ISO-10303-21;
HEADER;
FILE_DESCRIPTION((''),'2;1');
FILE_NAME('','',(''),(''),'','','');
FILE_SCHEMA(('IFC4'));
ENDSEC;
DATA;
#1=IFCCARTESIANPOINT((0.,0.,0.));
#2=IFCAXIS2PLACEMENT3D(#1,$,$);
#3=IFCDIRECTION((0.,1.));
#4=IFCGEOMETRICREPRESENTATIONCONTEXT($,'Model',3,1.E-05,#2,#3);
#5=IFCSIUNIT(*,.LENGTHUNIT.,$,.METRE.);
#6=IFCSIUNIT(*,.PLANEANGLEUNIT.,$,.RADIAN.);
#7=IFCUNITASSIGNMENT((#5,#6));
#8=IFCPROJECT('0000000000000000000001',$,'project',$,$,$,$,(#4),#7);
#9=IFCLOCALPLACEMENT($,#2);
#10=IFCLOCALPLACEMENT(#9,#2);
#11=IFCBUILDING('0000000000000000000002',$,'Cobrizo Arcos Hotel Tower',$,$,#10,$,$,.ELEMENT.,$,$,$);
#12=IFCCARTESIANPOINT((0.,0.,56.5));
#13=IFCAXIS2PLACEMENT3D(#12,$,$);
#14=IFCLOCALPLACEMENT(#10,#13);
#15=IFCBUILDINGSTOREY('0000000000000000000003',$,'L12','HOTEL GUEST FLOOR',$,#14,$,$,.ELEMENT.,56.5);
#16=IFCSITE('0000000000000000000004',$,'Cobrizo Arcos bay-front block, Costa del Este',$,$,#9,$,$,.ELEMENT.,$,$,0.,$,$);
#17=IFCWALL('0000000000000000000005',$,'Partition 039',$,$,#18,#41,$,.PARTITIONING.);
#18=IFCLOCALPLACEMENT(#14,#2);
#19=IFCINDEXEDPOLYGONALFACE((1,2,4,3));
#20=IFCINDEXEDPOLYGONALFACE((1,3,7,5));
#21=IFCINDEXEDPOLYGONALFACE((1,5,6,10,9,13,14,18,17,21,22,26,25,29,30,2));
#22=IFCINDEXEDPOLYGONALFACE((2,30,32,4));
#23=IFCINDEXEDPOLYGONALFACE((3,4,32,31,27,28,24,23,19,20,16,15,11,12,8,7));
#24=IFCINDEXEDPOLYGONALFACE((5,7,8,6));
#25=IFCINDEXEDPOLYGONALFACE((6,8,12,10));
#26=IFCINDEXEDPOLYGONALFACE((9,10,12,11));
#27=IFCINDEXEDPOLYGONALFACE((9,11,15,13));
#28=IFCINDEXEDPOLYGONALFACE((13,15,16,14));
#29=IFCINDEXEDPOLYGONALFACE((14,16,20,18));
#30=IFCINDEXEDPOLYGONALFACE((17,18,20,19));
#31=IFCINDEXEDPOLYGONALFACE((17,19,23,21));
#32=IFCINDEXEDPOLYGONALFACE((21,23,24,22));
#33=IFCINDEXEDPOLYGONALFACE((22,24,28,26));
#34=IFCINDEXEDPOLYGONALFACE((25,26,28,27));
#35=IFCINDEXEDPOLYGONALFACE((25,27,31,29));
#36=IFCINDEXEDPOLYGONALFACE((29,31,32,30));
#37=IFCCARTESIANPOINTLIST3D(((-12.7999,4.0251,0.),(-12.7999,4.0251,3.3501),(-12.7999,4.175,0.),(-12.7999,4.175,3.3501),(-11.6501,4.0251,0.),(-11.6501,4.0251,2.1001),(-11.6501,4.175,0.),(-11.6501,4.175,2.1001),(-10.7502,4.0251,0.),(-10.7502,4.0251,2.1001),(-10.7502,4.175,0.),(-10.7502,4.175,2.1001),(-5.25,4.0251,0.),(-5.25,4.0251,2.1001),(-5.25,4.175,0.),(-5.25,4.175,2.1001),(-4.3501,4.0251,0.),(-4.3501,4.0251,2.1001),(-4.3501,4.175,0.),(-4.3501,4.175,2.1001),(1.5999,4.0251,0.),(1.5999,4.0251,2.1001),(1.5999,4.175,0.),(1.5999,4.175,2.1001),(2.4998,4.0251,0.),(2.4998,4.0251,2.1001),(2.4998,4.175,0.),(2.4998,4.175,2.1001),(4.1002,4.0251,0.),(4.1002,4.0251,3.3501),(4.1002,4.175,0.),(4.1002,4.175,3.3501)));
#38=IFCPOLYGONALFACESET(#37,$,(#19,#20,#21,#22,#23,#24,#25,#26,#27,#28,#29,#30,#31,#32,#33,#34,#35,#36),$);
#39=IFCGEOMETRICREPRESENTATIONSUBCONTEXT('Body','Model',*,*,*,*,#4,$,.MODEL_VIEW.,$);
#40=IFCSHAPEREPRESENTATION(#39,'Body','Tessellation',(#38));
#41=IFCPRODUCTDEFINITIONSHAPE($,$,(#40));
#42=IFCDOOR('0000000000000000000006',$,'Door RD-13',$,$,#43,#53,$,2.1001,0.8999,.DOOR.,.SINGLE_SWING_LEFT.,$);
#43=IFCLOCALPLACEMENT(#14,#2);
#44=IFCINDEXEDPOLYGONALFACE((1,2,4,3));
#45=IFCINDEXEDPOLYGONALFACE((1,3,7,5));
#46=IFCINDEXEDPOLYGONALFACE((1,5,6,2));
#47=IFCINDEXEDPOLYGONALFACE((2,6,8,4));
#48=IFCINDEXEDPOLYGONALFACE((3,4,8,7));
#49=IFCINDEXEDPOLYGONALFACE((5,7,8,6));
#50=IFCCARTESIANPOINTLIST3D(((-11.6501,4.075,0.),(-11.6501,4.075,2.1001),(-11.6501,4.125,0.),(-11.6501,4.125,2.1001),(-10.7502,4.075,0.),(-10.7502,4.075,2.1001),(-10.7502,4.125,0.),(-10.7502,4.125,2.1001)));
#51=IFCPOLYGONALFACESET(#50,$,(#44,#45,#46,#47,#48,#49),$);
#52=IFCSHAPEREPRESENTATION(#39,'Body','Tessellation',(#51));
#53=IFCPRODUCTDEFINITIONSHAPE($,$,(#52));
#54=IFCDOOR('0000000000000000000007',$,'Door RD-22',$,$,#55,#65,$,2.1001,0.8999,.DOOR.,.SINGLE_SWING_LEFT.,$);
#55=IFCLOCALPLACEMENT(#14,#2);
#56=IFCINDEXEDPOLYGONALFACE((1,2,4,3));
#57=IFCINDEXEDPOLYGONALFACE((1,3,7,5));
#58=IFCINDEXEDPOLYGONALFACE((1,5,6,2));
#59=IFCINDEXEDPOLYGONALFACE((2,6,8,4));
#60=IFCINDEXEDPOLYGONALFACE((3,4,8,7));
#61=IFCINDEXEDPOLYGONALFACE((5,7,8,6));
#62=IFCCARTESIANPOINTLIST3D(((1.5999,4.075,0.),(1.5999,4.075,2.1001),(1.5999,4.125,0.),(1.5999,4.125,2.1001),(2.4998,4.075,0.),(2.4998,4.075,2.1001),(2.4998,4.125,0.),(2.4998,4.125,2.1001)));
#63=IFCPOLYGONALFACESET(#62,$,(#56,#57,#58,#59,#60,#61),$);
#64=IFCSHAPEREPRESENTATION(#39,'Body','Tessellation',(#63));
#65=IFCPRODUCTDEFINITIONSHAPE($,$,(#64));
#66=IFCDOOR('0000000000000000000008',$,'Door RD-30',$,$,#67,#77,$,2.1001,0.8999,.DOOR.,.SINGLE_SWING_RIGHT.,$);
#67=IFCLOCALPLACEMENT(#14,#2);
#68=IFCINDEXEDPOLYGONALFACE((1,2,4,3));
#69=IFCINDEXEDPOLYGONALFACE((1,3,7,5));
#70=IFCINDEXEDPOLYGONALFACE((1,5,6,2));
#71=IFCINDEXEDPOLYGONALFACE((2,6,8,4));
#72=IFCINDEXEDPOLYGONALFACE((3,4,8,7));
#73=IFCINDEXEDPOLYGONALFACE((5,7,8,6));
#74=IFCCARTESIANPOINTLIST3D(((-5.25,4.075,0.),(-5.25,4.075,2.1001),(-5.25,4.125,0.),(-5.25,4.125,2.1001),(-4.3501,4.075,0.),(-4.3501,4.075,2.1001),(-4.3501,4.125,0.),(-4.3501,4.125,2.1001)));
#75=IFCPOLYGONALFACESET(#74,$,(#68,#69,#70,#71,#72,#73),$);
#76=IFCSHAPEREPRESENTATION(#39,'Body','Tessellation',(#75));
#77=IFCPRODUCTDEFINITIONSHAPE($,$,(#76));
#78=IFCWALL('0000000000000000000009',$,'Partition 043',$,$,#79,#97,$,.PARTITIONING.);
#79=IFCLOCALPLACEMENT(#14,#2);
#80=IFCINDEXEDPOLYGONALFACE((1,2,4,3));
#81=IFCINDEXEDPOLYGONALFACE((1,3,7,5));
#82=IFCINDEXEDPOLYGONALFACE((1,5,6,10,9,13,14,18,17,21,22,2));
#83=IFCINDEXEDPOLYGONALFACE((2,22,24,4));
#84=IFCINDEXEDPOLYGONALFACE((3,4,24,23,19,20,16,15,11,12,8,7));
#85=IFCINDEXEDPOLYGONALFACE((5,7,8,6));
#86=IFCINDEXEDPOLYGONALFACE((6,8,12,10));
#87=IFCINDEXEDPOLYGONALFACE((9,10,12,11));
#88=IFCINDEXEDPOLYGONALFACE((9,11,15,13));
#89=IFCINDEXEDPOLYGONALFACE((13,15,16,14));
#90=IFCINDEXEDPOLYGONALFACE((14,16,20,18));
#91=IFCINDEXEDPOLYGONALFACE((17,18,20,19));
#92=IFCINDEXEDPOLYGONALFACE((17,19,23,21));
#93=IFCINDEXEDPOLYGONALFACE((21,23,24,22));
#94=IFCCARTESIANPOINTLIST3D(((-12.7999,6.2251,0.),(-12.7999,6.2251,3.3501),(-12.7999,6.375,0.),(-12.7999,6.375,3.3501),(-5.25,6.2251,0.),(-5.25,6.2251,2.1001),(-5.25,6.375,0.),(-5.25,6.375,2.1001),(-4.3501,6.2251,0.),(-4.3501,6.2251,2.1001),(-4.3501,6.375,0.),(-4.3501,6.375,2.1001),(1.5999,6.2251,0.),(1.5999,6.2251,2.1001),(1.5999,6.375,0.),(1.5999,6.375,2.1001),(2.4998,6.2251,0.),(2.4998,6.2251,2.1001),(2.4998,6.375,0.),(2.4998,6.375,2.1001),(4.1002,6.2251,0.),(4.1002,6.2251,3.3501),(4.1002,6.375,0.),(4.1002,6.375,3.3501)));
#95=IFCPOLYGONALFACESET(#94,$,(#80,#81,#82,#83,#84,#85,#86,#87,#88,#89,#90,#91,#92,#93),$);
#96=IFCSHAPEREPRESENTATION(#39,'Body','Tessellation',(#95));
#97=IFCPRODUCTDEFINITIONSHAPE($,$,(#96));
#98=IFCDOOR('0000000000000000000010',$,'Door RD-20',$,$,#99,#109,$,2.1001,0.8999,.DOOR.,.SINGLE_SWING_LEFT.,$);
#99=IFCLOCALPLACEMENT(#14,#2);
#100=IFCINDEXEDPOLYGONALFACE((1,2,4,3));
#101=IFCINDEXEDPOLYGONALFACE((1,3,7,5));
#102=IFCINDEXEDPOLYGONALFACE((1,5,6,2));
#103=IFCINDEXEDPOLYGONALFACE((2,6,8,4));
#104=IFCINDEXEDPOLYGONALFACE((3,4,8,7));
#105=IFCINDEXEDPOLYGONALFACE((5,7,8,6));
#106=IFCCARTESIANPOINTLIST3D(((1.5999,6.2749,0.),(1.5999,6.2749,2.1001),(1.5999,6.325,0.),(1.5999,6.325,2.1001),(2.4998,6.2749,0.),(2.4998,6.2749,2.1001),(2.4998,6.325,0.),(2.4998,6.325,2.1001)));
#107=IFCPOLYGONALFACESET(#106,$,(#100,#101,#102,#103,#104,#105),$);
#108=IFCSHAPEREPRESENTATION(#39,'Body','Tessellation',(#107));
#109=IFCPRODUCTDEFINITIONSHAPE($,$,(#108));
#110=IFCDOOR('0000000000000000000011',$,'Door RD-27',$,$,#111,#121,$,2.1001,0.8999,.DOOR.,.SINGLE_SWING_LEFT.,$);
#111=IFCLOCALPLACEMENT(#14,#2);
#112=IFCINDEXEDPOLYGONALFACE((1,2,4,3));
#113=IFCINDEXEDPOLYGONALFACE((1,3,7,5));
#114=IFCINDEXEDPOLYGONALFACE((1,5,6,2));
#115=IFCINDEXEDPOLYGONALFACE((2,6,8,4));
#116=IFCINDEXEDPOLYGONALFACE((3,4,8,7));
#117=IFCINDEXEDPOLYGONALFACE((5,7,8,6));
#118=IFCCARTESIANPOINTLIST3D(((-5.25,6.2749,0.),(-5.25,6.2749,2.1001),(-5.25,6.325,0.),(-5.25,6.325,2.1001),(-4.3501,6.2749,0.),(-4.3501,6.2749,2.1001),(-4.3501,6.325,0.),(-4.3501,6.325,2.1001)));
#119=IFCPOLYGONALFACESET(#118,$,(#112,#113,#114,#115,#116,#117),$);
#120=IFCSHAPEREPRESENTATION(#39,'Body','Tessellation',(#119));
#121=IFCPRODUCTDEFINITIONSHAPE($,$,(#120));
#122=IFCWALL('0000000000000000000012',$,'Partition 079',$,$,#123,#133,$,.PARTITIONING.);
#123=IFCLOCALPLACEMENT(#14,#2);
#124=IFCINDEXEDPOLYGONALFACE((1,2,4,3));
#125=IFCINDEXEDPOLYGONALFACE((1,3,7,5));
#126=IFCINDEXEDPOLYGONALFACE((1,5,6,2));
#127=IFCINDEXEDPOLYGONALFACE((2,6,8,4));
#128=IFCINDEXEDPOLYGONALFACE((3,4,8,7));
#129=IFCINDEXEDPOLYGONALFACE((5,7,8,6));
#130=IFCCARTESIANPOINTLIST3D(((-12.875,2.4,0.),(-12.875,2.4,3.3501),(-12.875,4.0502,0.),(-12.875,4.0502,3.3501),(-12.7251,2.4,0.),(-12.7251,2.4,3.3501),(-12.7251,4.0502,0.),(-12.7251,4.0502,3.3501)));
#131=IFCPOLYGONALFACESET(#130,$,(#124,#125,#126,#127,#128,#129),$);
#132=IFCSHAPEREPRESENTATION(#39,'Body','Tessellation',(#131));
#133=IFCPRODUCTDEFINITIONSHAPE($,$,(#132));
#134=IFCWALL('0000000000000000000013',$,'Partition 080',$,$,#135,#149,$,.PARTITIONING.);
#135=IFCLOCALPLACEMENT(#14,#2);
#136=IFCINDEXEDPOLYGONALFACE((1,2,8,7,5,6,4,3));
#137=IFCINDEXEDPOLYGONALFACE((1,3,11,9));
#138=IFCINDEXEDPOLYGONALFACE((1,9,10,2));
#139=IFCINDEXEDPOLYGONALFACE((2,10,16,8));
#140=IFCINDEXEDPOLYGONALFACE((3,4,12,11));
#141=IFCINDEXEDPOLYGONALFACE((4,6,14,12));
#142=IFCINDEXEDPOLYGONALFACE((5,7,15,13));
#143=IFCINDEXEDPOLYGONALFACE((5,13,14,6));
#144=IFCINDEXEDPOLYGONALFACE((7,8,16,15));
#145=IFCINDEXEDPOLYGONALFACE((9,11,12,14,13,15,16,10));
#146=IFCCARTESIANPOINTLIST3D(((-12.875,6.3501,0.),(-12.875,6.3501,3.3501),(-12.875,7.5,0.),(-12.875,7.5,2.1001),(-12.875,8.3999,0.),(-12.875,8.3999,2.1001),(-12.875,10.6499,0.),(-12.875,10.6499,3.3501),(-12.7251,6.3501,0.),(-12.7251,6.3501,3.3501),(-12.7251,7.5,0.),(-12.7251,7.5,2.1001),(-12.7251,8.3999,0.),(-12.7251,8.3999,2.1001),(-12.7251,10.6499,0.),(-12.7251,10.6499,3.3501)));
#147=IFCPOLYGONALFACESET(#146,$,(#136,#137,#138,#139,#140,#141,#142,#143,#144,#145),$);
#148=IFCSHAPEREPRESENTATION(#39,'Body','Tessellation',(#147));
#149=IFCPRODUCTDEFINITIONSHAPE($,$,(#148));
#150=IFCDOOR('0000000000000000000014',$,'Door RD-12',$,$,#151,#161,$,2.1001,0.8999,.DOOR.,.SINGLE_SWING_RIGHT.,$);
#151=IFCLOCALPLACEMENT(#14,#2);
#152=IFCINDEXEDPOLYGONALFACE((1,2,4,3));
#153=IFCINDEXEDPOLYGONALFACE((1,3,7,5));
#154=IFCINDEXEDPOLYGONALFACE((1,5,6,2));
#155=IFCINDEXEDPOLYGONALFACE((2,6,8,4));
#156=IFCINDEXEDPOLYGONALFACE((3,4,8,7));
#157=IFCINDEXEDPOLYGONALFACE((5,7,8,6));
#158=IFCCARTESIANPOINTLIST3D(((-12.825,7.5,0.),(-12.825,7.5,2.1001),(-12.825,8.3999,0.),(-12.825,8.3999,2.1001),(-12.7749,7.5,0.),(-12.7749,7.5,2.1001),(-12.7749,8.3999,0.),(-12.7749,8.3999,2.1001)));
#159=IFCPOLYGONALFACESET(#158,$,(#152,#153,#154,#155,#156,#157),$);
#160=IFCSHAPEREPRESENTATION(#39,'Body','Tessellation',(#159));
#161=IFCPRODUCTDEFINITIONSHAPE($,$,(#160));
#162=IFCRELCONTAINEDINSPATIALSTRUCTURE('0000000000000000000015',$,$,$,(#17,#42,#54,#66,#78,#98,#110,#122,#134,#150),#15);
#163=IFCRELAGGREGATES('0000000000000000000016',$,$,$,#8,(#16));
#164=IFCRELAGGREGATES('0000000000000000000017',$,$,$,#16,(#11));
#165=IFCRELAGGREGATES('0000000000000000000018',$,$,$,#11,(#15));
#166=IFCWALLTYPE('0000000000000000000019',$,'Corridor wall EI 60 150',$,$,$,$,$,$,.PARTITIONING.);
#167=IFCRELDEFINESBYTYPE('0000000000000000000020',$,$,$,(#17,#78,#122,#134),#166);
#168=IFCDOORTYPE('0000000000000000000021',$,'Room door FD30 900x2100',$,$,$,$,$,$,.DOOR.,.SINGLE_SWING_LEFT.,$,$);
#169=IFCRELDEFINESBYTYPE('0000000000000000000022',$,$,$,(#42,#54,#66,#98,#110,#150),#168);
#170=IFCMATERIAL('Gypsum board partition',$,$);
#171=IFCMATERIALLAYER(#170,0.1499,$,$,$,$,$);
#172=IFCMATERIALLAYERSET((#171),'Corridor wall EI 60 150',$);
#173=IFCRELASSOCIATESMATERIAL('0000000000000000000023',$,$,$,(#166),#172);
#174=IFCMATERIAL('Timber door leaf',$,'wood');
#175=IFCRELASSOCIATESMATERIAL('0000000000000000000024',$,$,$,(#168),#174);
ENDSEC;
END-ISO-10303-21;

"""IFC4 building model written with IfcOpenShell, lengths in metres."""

from ifc_helpers import new_model, si_unit, direction, frame, frame_2d, origin, place, context, subcontext, project, spatial, rectangle, extrude, material, layer, layer_set, type_object, element, fill, save


model = new_model("IFC4")

# Units and contexts
model_context = context("Model", 3, precision=1e-05, world=origin(), true_north=direction((0.0, 1.0)))
body_context = subcontext(model_context, "Body", "Model", "MODEL_VIEW")
ifc_project = project(units=[si_unit("LENGTHUNIT", "METRE"), si_unit("PLANEANGLEUNIT", "RADIAN")], contexts=[model_context])

# Site, building, storey
site_placement = place(None, origin())
site = spatial("IfcSite", under=ifc_project, at=site_placement, Name="Cobrizo Arcos bay-front block, Costa del Este", CompositionType="ELEMENT", RefElevation=0.0)
building_placement = place(site_placement, origin())
building = spatial("IfcBuilding", under=site, at=building_placement, Name="Cobrizo Arcos Hotel Tower", CompositionType="ELEMENT")
storey_placement = place(building_placement, frame((0.0, 0.0, 56.5)))
storey = spatial("IfcBuildingStorey", under=building, at=storey_placement, Name="L12", Description="HOTEL GUEST FLOOR", CompositionType="ELEMENT", Elevation=56.5)

# Walls, openings, doors
ifc_material_1 = material(Name="Gypsum board partition")
ifc_layer_1 = layer(ifc_material_1, 0.1499)
ifc_layer_set_1 = layer_set([ifc_layer_1], Name="Corridor wall EI 60 150")
wall_type_1 = type_object("IfcWallType", Name="Corridor wall EI 60 150", PredefinedType="PARTITIONING", material=ifc_layer_set_1)
wall_1_placement = place(storey_placement, frame((-12.8, 4.1001, 0.0), z_axis=(0.0, 0.0, 1.0), x_axis=(1.0, 0.0, 0.0)))
wall_1 = element("IfcWall", 1, at=wall_1_placement, inside=storey, type_object=wall_type_1, Name="Partition 039", PredefinedType="PARTITIONING", context=body_context, shape_type="SweptSolid", body=[
    extrude(rectangle(XDim=16.9001, YDim=0.1499, at=frame_2d((8.4502, 0.0))), origin(), (0.0, 0.0, 1.0), 3.3501),
])
opening_1_placement = place(wall_1_placement, frame((1.1499, 0.0, 0.0)))
opening_1 = element("IfcOpeningElement", 2, at=opening_1_placement, cuts=wall_1, PredefinedType="OPENING", context=body_context, shape_type="SweptSolid", body=[
    extrude(rectangle(XDim=0.8999, YDim=2.1001, at=frame_2d((0.45, 1.05))), frame((0.0, 0.0869, 0.0), z_axis=(0.0, -1.0, 0.0), x_axis=(1.0, 0.0, 0.0)), (0.0, 0.0, 1.0), 0.1738),
])
opening_2_placement = place(wall_1_placement, frame((14.3999, 0.0, 0.0)))
opening_2 = element("IfcOpeningElement", 3, at=opening_2_placement, cuts=wall_1, PredefinedType="OPENING", context=body_context, shape_type="SweptSolid", body=[
    extrude(rectangle(XDim=0.8999, YDim=2.1001, at=frame_2d((0.45, 1.05))), frame((0.0, 0.0869, 0.0), z_axis=(0.0, -1.0, 0.0), x_axis=(1.0, 0.0, 0.0)), (0.0, 0.0, 1.0), 0.1738),
])
opening_3_placement = place(wall_1_placement, frame((7.55, 0.0, 0.0)))
opening_3 = element("IfcOpeningElement", 4, at=opening_3_placement, cuts=wall_1, PredefinedType="OPENING", context=body_context, shape_type="SweptSolid", body=[
    extrude(rectangle(XDim=0.8999, YDim=2.1001, at=frame_2d((0.45, 1.05))), frame((0.0, 0.0869, 0.0), z_axis=(0.0, -1.0, 0.0), x_axis=(1.0, 0.0, 0.0)), (0.0, 0.0, 1.0), 0.1738),
])
ifc_material_2 = material(Name="Timber door leaf", Category="wood")
door_type = type_object("IfcDoorType", Name="Room door FD30 900x2100", OperationType="SINGLE_SWING_LEFT", PredefinedType="DOOR", material=ifc_material_2)
door_1_placement = place(opening_1_placement, origin())
door_1 = element("IfcDoor", 5, at=door_1_placement, inside=storey, type_object=door_type, Name="Door RD-13", OperationType="SINGLE_SWING_LEFT", OverallHeight=2.1001, OverallWidth=0.8999, PredefinedType="DOOR", context=body_context, shape_type="SweptSolid", body=[
    extrude(rectangle(XDim=0.8999, YDim=2.1001, at=frame_2d((0.45, 1.05))), frame((0.0, 0.0249, 0.0), z_axis=(0.0, -1.0, 0.0), x_axis=(1.0, 0.0, 0.0)), (0.0, 0.0, 1.0), 0.05),
])
fill(opening_1, door_1)
door_2_placement = place(opening_2_placement, origin())
door_2 = element("IfcDoor", 6, at=door_2_placement, inside=storey, type_object=door_type, Name="Door RD-22", OperationType="SINGLE_SWING_LEFT", OverallHeight=2.1001, OverallWidth=0.8999, PredefinedType="DOOR", context=body_context, shape_type="SweptSolid", body=[
    extrude(rectangle(XDim=0.8999, YDim=2.1001, at=frame_2d((0.45, 1.05))), frame((0.0, 0.0249, 0.0), z_axis=(0.0, -1.0, 0.0), x_axis=(1.0, 0.0, 0.0)), (0.0, 0.0, 1.0), 0.05),
])
fill(opening_2, door_2)
door_3_placement = place(opening_3_placement, origin())
door_3 = element("IfcDoor", 7, at=door_3_placement, inside=storey, type_object=door_type, Name="Door RD-30", OperationType="SINGLE_SWING_RIGHT", OverallHeight=2.1001, OverallWidth=0.8999, PredefinedType="DOOR", context=body_context, shape_type="SweptSolid", body=[
    extrude(rectangle(XDim=0.8999, YDim=2.1001, at=frame_2d((0.45, 1.05))), frame((0.0, 0.0249, 0.0), z_axis=(0.0, -1.0, 0.0), x_axis=(1.0, 0.0, 0.0)), (0.0, 0.0, 1.0), 0.05),
])
fill(opening_3, door_3)
wall_2_placement = place(storey_placement, frame((-12.8, 6.3, 0.0), z_axis=(0.0, 0.0, 1.0), x_axis=(1.0, 0.0, 0.0)))
wall_2 = element("IfcWall", 8, at=wall_2_placement, inside=storey, type_object=wall_type_1, Name="Partition 043", PredefinedType="PARTITIONING", context=body_context, shape_type="SweptSolid", body=[
    extrude(rectangle(XDim=16.9001, YDim=0.1499, at=frame_2d((8.4502, 0.0))), origin(), (0.0, 0.0, 1.0), 3.3501),
])
opening_4_placement = place(wall_2_placement, frame((14.3999, 0.0, 0.0)))
opening_4 = element("IfcOpeningElement", 9, at=opening_4_placement, cuts=wall_2, PredefinedType="OPENING", context=body_context, shape_type="SweptSolid", body=[
    extrude(rectangle(XDim=0.8999, YDim=2.1001, at=frame_2d((0.45, 1.05))), frame((0.0, 0.0869, 0.0), z_axis=(0.0, -1.0, 0.0), x_axis=(1.0, 0.0, 0.0)), (0.0, 0.0, 1.0), 0.1738),
])
opening_5_placement = place(wall_2_placement, frame((7.55, 0.0, 0.0)))
opening_5 = element("IfcOpeningElement", 10, at=opening_5_placement, cuts=wall_2, PredefinedType="OPENING", context=body_context, shape_type="SweptSolid", body=[
    extrude(rectangle(XDim=0.8999, YDim=2.1001, at=frame_2d((0.45, 1.05))), frame((0.0, 0.0869, 0.0), z_axis=(0.0, -1.0, 0.0), x_axis=(1.0, 0.0, 0.0)), (0.0, 0.0, 1.0), 0.1738),
])
door_4_placement = place(opening_4_placement, origin())
door_4 = element("IfcDoor", 11, at=door_4_placement, inside=storey, type_object=door_type, Name="Door RD-20", OperationType="SINGLE_SWING_LEFT", OverallHeight=2.1001, OverallWidth=0.8999, PredefinedType="DOOR", context=body_context, shape_type="SweptSolid", body=[
    extrude(rectangle(XDim=0.8999, YDim=2.1001, at=frame_2d((0.45, 1.05))), frame((0.0, 0.0249, 0.0), z_axis=(0.0, -1.0, 0.0), x_axis=(1.0, 0.0, 0.0)), (0.0, 0.0, 1.0), 0.05),
])
fill(opening_4, door_4)
door_5_placement = place(opening_5_placement, origin())
door_5 = element("IfcDoor", 12, at=door_5_placement, inside=storey, type_object=door_type, Name="Door RD-27", OperationType="SINGLE_SWING_LEFT", OverallHeight=2.1001, OverallWidth=0.8999, PredefinedType="DOOR", context=body_context, shape_type="SweptSolid", body=[
    extrude(rectangle(XDim=0.8999, YDim=2.1001, at=frame_2d((0.45, 1.05))), frame((0.0, 0.0249, 0.0), z_axis=(0.0, -1.0, 0.0), x_axis=(1.0, 0.0, 0.0)), (0.0, 0.0, 1.0), 0.05),
])
fill(opening_5, door_5)

# Wall
wall_3_placement = place(storey_placement, frame((-12.8, 2.3999, 0.0), z_axis=(0.0, 0.0, 1.0), x_axis=(0.0, 1.0, 0.0)))
element("IfcWall", 13, at=wall_3_placement, inside=storey, type_object=wall_type_1, Name="Partition 079", PredefinedType="PARTITIONING", context=body_context, shape_type="SweptSolid", body=[
    extrude(rectangle(XDim=1.6501, YDim=0.1499, at=frame_2d((0.8252, 0.0))), origin(), (0.0, 0.0, 1.0), 3.3501),
])

# Wall, opening, door
wall_4_placement = place(storey_placement, frame((-12.8, 6.3501, 0.0), z_axis=(0.0, 0.0, 1.0), x_axis=(0.0, 1.0, 0.0)))
wall_4 = element("IfcWall", 14, at=wall_4_placement, inside=storey, type_object=wall_type_1, Name="Partition 080", PredefinedType="PARTITIONING", context=body_context, shape_type="SweptSolid", body=[
    extrude(rectangle(XDim=4.2998, YDim=0.1499, at=frame_2d((2.1499, 0.0))), origin(), (0.0, 0.0, 1.0), 3.3501),
])
opening_6_placement = place(wall_4_placement, frame((1.1499, 0.0, 0.0)))
opening_6 = element("IfcOpeningElement", 15, at=opening_6_placement, cuts=wall_4, PredefinedType="OPENING", context=body_context, shape_type="SweptSolid", body=[
    extrude(rectangle(XDim=0.8999, YDim=2.1001, at=frame_2d((0.45, 1.05))), frame((0.0, 0.0869, 0.0), z_axis=(0.0, -1.0, 0.0), x_axis=(1.0, 0.0, 0.0)), (0.0, 0.0, 1.0), 0.1738),
])
door_6_placement = place(opening_6_placement, origin())
door_6 = element("IfcDoor", 16, at=door_6_placement, inside=storey, type_object=door_type, Name="Door RD-12", OperationType="SINGLE_SWING_RIGHT", OverallHeight=2.1001, OverallWidth=0.8999, PredefinedType="DOOR", context=body_context, shape_type="SweptSolid", body=[
    extrude(rectangle(XDim=0.8999, YDim=2.1001, at=frame_2d((0.45, 1.05))), frame((0.0, 0.0249, 0.0), z_axis=(0.0, -1.0, 0.0), x_axis=(1.0, 0.0, 0.0)), (0.0, 0.0, 1.0), 0.05),
])
fill(opening_6, door_6)

save(model, "model.ifc")
